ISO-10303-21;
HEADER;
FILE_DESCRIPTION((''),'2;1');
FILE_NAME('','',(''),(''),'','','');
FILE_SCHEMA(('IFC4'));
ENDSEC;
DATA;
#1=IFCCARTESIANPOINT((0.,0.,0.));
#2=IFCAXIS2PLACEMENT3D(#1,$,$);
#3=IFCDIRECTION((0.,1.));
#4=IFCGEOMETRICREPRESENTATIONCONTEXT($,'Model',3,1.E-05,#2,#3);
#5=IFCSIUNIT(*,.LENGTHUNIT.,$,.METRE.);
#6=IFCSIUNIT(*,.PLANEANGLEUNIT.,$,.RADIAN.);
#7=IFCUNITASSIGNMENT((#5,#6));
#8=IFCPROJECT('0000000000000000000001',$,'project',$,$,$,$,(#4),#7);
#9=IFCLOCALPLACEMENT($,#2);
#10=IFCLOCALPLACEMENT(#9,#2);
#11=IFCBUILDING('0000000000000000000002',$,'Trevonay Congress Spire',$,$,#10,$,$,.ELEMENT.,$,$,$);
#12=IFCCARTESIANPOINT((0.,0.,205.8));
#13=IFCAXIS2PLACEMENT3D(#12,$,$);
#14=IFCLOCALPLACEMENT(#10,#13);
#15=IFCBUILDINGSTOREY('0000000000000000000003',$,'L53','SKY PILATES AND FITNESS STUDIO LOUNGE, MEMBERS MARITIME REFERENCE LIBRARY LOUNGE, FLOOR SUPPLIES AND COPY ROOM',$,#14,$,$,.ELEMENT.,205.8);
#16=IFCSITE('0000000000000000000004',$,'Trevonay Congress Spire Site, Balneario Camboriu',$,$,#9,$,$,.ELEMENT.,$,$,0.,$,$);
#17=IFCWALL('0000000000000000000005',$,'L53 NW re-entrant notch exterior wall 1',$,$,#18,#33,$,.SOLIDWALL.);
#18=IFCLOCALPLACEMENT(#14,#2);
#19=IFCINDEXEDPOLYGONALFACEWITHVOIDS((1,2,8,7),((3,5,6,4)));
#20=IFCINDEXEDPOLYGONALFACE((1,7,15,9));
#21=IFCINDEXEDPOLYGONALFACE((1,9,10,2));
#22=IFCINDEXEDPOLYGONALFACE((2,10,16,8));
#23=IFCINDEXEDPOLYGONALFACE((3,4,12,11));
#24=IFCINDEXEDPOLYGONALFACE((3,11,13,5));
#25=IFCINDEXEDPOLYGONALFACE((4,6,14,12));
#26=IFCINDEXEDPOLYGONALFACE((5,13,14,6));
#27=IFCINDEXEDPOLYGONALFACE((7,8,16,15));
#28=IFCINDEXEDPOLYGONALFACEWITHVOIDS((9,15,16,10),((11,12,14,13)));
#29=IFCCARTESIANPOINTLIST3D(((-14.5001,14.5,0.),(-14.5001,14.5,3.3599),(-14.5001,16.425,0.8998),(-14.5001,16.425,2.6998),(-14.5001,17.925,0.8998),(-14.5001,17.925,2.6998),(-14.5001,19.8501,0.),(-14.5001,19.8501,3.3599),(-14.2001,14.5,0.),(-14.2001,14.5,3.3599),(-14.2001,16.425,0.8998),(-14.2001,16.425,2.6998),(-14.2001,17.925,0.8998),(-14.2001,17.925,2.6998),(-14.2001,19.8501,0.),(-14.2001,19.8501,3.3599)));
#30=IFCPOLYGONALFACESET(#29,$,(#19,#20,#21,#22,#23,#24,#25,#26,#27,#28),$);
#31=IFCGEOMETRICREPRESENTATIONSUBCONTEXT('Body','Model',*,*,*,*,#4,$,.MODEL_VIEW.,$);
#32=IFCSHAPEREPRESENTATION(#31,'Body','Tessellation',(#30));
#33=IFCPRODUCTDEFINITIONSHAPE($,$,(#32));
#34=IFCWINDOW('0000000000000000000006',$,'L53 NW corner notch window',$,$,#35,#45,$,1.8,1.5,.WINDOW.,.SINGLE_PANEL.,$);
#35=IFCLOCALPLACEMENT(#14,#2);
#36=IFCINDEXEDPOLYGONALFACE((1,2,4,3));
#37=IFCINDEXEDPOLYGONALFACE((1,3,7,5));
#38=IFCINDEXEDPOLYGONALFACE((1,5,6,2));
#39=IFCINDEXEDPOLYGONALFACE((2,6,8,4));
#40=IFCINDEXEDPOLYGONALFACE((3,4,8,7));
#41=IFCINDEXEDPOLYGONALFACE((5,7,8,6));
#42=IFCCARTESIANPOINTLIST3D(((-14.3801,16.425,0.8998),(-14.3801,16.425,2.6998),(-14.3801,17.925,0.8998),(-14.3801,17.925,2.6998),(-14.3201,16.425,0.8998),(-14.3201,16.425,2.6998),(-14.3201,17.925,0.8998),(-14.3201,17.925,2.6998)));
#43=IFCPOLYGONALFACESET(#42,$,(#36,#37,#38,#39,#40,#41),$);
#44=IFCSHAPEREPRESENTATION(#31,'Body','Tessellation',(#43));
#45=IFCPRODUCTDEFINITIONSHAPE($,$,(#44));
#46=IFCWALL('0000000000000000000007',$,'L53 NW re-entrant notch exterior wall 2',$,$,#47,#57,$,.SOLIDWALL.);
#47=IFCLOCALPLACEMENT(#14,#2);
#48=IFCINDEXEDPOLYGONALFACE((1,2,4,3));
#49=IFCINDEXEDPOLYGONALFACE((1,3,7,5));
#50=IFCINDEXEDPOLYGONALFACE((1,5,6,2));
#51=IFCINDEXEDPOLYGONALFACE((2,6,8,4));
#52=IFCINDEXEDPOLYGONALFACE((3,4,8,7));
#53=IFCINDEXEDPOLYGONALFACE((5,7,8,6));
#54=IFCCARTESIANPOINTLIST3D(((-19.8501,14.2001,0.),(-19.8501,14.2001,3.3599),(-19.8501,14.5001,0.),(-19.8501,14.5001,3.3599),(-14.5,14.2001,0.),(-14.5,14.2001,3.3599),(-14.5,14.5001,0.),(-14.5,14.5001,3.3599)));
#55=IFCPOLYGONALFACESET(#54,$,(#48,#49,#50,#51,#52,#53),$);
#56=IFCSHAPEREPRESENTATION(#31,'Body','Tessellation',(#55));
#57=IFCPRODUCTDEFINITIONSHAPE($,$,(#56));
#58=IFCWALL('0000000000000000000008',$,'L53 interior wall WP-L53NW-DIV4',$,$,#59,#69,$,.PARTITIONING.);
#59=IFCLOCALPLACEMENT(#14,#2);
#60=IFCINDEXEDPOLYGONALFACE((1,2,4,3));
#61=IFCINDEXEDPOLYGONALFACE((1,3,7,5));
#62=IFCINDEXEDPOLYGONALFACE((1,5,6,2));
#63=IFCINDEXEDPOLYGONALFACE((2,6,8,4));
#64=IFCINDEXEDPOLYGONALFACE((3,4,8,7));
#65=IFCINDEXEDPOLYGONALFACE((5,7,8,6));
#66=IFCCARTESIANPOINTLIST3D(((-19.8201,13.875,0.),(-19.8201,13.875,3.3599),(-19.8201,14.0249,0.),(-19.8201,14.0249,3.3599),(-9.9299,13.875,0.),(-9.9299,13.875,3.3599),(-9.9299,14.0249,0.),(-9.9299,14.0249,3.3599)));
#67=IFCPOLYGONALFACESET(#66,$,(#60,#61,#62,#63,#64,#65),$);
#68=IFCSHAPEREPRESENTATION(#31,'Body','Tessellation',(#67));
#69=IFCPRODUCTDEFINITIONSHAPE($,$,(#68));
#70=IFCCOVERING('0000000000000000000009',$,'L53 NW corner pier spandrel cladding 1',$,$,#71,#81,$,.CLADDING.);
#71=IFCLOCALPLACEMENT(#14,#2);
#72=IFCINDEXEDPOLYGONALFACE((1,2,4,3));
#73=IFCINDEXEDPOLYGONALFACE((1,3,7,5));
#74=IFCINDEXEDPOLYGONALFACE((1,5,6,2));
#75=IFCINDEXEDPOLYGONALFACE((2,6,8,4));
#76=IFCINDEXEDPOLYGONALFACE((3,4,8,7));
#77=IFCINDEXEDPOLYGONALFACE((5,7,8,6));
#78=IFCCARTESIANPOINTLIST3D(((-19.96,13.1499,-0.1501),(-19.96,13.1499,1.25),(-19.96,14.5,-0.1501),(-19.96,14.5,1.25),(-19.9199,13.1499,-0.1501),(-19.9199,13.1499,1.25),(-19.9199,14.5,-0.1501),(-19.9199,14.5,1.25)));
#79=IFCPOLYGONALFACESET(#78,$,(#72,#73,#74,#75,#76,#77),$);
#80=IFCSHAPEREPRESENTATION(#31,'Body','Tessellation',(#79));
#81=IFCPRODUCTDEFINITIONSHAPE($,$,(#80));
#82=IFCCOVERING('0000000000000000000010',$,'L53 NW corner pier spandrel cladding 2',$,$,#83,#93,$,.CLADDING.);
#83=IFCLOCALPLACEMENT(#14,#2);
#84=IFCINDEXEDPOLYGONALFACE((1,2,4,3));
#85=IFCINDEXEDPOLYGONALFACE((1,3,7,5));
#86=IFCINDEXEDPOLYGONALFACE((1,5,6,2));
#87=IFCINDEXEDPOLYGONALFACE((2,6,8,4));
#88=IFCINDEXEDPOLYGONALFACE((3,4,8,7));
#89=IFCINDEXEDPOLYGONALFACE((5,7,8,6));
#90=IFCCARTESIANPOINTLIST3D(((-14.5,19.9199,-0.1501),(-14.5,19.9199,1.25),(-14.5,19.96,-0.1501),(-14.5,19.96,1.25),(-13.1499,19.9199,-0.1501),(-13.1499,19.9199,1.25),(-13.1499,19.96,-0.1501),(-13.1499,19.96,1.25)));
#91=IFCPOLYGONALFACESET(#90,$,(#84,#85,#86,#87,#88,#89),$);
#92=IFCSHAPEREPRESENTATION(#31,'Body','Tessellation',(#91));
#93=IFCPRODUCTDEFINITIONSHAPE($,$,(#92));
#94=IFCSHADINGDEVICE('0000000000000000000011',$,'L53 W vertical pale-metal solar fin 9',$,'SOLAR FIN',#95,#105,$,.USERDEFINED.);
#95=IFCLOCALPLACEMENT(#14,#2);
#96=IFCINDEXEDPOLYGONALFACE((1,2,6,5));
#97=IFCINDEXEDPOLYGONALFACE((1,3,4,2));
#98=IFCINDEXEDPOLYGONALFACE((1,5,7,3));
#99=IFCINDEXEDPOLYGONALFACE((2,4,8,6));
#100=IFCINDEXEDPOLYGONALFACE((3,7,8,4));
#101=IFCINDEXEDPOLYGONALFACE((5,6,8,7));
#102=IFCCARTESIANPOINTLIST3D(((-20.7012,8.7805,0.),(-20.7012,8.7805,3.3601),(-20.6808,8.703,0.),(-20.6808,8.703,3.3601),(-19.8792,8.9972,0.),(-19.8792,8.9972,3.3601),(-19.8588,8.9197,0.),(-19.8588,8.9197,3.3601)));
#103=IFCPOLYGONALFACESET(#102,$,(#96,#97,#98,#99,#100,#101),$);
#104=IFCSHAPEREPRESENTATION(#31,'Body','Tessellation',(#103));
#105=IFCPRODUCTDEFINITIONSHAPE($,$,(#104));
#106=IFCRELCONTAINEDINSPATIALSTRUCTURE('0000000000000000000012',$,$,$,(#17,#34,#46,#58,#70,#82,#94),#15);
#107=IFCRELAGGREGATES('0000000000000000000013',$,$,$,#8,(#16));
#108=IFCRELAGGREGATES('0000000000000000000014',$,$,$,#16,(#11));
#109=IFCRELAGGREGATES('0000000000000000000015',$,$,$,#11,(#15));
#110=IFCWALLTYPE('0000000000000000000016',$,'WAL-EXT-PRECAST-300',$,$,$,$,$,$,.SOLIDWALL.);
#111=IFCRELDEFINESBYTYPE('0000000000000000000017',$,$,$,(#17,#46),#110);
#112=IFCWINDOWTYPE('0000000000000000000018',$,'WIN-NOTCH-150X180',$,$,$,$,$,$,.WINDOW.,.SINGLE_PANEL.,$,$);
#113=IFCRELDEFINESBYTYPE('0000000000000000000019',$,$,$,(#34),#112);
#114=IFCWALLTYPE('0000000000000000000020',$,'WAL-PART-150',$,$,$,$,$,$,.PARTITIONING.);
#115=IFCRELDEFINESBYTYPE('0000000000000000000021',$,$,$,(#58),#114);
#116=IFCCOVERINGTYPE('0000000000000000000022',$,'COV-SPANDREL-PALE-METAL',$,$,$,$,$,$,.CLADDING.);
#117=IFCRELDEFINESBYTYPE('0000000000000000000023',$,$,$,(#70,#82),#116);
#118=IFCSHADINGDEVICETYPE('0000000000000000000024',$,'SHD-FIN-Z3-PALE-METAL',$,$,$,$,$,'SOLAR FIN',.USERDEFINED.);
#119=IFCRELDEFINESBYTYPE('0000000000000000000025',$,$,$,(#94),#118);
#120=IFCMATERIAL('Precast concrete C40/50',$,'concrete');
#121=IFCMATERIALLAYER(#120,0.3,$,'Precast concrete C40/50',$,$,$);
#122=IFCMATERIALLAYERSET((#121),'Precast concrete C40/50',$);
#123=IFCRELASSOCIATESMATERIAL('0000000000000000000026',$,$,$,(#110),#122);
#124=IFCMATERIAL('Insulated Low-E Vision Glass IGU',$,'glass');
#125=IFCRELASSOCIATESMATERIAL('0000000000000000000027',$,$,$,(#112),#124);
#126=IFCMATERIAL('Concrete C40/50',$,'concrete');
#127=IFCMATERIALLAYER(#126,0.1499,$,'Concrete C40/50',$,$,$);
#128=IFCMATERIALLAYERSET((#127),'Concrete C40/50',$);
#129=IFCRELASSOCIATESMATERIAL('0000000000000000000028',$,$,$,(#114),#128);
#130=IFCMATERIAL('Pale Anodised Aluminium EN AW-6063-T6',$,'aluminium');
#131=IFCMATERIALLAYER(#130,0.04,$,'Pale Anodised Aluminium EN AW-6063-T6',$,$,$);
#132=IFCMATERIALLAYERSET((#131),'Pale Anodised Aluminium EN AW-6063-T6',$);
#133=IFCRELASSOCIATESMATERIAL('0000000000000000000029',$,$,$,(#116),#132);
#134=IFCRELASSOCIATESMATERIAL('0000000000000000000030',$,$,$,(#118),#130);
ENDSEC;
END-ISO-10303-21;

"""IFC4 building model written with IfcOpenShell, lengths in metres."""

from ifc_helpers import new_model, si_unit, direction, frame, frame_2d, origin, origin_2d, place, context, subcontext, project, spatial, rectangle, extrude, material, layer, layer_set, type_object, element, fill, save


model = new_model("IFC4")

# Units and contexts
model_context = context("Model", 3, precision=1e-05, world=origin(), true_north=direction((0.0, 1.0)))
body_context = subcontext(model_context, "Body", "Model", "MODEL_VIEW")
ifc_project = project(units=[si_unit("LENGTHUNIT", "METRE"), si_unit("PLANEANGLEUNIT", "RADIAN")], contexts=[model_context])

# Site, building, storey
site_placement = place(None, origin())
site = spatial("IfcSite", under=ifc_project, at=site_placement, Name="Trevonay Congress Spire Site, Balneario Camboriu", CompositionType="ELEMENT", RefElevation=0.0)
building_placement = place(site_placement, origin())
building = spatial("IfcBuilding", under=site, at=building_placement, Name="Trevonay Congress Spire", CompositionType="ELEMENT")
storey_placement = place(building_placement, frame((0.0, 0.0, 205.8)))
storey = spatial("IfcBuildingStorey", under=building, at=storey_placement, Name="L53", Description="SKY PILATES AND FITNESS STUDIO LOUNGE, MEMBERS MARITIME REFERENCE LIBRARY LOUNGE, FLOOR SUPPLIES AND COPY ROOM", CompositionType="ELEMENT", Elevation=205.8)

# Shared definitions
ifc_material_1 = material(Name="Pale Anodised Aluminium EN AW-6063-T6", Category="aluminium")

# Shared definitions
ifc_material_2 = material(Name="Insulated Low-E Vision Glass IGU", Category="glass")

# Wall, opening, window
ifc_material_3 = material(Name="Precast concrete C40/50", Category="concrete")
ifc_layer_1 = layer(ifc_material_3, 0.3, Name="Precast concrete C40/50")
ifc_layer_set_1 = layer_set([ifc_layer_1], Name="Precast concrete C40/50")
wall_type_1 = type_object("IfcWallType", Name="WAL-EXT-PRECAST-300", PredefinedType="SOLIDWALL", material=ifc_layer_set_1)
wall_1_placement = place(storey_placement, frame((-14.3501, 19.8501, 0.0), z_axis=(0.0, 0.0, 1.0), x_axis=(0.0, -1.0, 0.0)))
wall_1 = element("IfcWall", 1, at=wall_1_placement, inside=storey, type_object=wall_type_1, Name="L53 NW re-entrant notch exterior wall 1", PredefinedType="SOLIDWALL", context=body_context, shape_type="SweptSolid", body=[
    extrude(rectangle(XDim=5.3501, YDim=0.3, at=frame_2d((2.675, 0.0))), origin(), (0.0, 0.0, 1.0), 3.3599),
])
opening_placement = place(wall_1_placement, frame((1.925, 0.0, 0.8999)))
opening = element("IfcOpeningElement", 2, at=opening_placement, cuts=wall_1, PredefinedType="OPENING", context=body_context, shape_type="SweptSolid", body=[
    extrude(rectangle(XDim=1.5, YDim=1.8, at=frame_2d((0.75, 0.8999))), frame((0.0, 0.1602, 0.0), z_axis=(0.0, -1.0, 0.0), x_axis=(1.0, 0.0, 0.0)), (0.0, 0.0, 1.0), 0.3201),
])
window_type = type_object("IfcWindowType", Name="WIN-NOTCH-150X180", PartitioningType="SINGLE_PANEL", PredefinedType="WINDOW", material=ifc_material_2)
window_placement = place(opening_placement, origin())
window = element("IfcWindow", 3, at=window_placement, inside=storey, type_object=window_type, Name="L53 NW corner notch window", OverallHeight=1.8, OverallWidth=1.5, PartitioningType="SINGLE_PANEL", PredefinedType="WINDOW", context=body_context, shape_type="SweptSolid", body=[
    extrude(rectangle(XDim=1.5, YDim=1.8, at=frame_2d((0.75, 0.8999))), frame((0.0, 0.03, 0.0), z_axis=(0.0, -1.0, 0.0), x_axis=(1.0, 0.0, 0.0)), (0.0, 0.0, 1.0), 0.0601),
])
fill(opening, window)

# Walls
wall_2_placement = place(storey_placement, frame((-19.8501, 14.3501, 0.0), z_axis=(0.0, 0.0, 1.0), x_axis=(1.0, 0.0, 0.0)))
element("IfcWall", 4, at=wall_2_placement, inside=storey, type_object=wall_type_1, Name="L53 NW re-entrant notch exterior wall 2", PredefinedType="SOLIDWALL", context=body_context, shape_type="SweptSolid", body=[
    extrude(rectangle(XDim=5.3501, YDim=0.3, at=frame_2d((2.675, 0.0))), origin(), (0.0, 0.0, 1.0), 3.3599),
])
ifc_material_4 = material(Name="Concrete C40/50", Category="concrete")
ifc_layer_2 = layer(ifc_material_4, 0.1499, Name="Concrete C40/50")
ifc_layer_set_2 = layer_set([ifc_layer_2], Name="Concrete C40/50")
wall_type_2 = type_object("IfcWallType", Name="WAL-PART-150", PredefinedType="PARTITIONING", material=ifc_layer_set_2)
wall_3_placement = place(storey_placement, frame((-19.8201, 13.95, 0.0), z_axis=(0.0, 0.0, 1.0), x_axis=(1.0, 0.0, 0.0)))
element("IfcWall", 5, at=wall_3_placement, inside=storey, type_object=wall_type_2, Name="L53 interior wall WP-L53NW-DIV4", PredefinedType="PARTITIONING", context=body_context, shape_type="SweptSolid", body=[
    extrude(rectangle(XDim=9.8901, YDim=0.1499, at=frame_2d((4.9451, 0.0))), origin(), (0.0, 0.0, 1.0), 3.3599),
])

# Coverings
ifc_layer_3 = layer(ifc_material_1, 0.04, Name="Pale Anodised Aluminium EN AW-6063-T6")
ifc_layer_set_3 = layer_set([ifc_layer_3], Name="Pale Anodised Aluminium EN AW-6063-T6")
covering_type = type_object("IfcCoveringType", Name="COV-SPANDREL-PALE-METAL", PredefinedType="CLADDING", material=ifc_layer_set_3)
for number, where, z_axis, x_axis, name in (
    (6, (-19.9399, 13.1499, -0.1501), (0.0, 0.0, 1.0), (0.0, 1.0, 0.0), "L53 NW corner pier spandrel cladding 1"),
    (7, (-13.1499, 19.9399, -0.1501), (0.0, 0.0, 1.0), (-1.0, 0.0, 0.0), "L53 NW corner pier spandrel cladding 2"),
):
    element("IfcCovering", number, at=place(storey_placement, frame(where, z_axis=z_axis, x_axis=x_axis)), inside=storey, type_object=covering_type, Name=name, PredefinedType="CLADDING", context=body_context, shape_type="SweptSolid", body=[
        extrude(rectangle(XDim=1.3501, YDim=0.04, at=frame_2d((0.675, 0.0))), origin(), (0.0, 0.0, 1.0), 1.4001),
    ])

# Shading device
shading_device_type = type_object("IfcShadingDeviceType", Name="SHD-FIN-Z3-PALE-METAL", ElementType="SOLAR FIN", PredefinedType="USERDEFINED", material=ifc_material_1)
shading_device_placement = place(storey_placement, frame((-20.28, 8.8501, 0.0), z_axis=(0.0, 0.0, 1.0), x_axis=(-0.254939, 0.966957, 0.0)))
element("IfcShadingDevice", 8, at=shading_device_placement, inside=storey, type_object=shading_device_type, Name="L53 W vertical pale-metal solar fin 9", ObjectType="SOLAR FIN", PredefinedType="USERDEFINED", context=body_context, shape_type="SweptSolid", body=[
    extrude(rectangle(XDim=0.0801, YDim=0.8501, at=origin_2d()), origin(), (0.0, 0.0, 1.0), 3.3601),
])

save(model, "model.ifc")
